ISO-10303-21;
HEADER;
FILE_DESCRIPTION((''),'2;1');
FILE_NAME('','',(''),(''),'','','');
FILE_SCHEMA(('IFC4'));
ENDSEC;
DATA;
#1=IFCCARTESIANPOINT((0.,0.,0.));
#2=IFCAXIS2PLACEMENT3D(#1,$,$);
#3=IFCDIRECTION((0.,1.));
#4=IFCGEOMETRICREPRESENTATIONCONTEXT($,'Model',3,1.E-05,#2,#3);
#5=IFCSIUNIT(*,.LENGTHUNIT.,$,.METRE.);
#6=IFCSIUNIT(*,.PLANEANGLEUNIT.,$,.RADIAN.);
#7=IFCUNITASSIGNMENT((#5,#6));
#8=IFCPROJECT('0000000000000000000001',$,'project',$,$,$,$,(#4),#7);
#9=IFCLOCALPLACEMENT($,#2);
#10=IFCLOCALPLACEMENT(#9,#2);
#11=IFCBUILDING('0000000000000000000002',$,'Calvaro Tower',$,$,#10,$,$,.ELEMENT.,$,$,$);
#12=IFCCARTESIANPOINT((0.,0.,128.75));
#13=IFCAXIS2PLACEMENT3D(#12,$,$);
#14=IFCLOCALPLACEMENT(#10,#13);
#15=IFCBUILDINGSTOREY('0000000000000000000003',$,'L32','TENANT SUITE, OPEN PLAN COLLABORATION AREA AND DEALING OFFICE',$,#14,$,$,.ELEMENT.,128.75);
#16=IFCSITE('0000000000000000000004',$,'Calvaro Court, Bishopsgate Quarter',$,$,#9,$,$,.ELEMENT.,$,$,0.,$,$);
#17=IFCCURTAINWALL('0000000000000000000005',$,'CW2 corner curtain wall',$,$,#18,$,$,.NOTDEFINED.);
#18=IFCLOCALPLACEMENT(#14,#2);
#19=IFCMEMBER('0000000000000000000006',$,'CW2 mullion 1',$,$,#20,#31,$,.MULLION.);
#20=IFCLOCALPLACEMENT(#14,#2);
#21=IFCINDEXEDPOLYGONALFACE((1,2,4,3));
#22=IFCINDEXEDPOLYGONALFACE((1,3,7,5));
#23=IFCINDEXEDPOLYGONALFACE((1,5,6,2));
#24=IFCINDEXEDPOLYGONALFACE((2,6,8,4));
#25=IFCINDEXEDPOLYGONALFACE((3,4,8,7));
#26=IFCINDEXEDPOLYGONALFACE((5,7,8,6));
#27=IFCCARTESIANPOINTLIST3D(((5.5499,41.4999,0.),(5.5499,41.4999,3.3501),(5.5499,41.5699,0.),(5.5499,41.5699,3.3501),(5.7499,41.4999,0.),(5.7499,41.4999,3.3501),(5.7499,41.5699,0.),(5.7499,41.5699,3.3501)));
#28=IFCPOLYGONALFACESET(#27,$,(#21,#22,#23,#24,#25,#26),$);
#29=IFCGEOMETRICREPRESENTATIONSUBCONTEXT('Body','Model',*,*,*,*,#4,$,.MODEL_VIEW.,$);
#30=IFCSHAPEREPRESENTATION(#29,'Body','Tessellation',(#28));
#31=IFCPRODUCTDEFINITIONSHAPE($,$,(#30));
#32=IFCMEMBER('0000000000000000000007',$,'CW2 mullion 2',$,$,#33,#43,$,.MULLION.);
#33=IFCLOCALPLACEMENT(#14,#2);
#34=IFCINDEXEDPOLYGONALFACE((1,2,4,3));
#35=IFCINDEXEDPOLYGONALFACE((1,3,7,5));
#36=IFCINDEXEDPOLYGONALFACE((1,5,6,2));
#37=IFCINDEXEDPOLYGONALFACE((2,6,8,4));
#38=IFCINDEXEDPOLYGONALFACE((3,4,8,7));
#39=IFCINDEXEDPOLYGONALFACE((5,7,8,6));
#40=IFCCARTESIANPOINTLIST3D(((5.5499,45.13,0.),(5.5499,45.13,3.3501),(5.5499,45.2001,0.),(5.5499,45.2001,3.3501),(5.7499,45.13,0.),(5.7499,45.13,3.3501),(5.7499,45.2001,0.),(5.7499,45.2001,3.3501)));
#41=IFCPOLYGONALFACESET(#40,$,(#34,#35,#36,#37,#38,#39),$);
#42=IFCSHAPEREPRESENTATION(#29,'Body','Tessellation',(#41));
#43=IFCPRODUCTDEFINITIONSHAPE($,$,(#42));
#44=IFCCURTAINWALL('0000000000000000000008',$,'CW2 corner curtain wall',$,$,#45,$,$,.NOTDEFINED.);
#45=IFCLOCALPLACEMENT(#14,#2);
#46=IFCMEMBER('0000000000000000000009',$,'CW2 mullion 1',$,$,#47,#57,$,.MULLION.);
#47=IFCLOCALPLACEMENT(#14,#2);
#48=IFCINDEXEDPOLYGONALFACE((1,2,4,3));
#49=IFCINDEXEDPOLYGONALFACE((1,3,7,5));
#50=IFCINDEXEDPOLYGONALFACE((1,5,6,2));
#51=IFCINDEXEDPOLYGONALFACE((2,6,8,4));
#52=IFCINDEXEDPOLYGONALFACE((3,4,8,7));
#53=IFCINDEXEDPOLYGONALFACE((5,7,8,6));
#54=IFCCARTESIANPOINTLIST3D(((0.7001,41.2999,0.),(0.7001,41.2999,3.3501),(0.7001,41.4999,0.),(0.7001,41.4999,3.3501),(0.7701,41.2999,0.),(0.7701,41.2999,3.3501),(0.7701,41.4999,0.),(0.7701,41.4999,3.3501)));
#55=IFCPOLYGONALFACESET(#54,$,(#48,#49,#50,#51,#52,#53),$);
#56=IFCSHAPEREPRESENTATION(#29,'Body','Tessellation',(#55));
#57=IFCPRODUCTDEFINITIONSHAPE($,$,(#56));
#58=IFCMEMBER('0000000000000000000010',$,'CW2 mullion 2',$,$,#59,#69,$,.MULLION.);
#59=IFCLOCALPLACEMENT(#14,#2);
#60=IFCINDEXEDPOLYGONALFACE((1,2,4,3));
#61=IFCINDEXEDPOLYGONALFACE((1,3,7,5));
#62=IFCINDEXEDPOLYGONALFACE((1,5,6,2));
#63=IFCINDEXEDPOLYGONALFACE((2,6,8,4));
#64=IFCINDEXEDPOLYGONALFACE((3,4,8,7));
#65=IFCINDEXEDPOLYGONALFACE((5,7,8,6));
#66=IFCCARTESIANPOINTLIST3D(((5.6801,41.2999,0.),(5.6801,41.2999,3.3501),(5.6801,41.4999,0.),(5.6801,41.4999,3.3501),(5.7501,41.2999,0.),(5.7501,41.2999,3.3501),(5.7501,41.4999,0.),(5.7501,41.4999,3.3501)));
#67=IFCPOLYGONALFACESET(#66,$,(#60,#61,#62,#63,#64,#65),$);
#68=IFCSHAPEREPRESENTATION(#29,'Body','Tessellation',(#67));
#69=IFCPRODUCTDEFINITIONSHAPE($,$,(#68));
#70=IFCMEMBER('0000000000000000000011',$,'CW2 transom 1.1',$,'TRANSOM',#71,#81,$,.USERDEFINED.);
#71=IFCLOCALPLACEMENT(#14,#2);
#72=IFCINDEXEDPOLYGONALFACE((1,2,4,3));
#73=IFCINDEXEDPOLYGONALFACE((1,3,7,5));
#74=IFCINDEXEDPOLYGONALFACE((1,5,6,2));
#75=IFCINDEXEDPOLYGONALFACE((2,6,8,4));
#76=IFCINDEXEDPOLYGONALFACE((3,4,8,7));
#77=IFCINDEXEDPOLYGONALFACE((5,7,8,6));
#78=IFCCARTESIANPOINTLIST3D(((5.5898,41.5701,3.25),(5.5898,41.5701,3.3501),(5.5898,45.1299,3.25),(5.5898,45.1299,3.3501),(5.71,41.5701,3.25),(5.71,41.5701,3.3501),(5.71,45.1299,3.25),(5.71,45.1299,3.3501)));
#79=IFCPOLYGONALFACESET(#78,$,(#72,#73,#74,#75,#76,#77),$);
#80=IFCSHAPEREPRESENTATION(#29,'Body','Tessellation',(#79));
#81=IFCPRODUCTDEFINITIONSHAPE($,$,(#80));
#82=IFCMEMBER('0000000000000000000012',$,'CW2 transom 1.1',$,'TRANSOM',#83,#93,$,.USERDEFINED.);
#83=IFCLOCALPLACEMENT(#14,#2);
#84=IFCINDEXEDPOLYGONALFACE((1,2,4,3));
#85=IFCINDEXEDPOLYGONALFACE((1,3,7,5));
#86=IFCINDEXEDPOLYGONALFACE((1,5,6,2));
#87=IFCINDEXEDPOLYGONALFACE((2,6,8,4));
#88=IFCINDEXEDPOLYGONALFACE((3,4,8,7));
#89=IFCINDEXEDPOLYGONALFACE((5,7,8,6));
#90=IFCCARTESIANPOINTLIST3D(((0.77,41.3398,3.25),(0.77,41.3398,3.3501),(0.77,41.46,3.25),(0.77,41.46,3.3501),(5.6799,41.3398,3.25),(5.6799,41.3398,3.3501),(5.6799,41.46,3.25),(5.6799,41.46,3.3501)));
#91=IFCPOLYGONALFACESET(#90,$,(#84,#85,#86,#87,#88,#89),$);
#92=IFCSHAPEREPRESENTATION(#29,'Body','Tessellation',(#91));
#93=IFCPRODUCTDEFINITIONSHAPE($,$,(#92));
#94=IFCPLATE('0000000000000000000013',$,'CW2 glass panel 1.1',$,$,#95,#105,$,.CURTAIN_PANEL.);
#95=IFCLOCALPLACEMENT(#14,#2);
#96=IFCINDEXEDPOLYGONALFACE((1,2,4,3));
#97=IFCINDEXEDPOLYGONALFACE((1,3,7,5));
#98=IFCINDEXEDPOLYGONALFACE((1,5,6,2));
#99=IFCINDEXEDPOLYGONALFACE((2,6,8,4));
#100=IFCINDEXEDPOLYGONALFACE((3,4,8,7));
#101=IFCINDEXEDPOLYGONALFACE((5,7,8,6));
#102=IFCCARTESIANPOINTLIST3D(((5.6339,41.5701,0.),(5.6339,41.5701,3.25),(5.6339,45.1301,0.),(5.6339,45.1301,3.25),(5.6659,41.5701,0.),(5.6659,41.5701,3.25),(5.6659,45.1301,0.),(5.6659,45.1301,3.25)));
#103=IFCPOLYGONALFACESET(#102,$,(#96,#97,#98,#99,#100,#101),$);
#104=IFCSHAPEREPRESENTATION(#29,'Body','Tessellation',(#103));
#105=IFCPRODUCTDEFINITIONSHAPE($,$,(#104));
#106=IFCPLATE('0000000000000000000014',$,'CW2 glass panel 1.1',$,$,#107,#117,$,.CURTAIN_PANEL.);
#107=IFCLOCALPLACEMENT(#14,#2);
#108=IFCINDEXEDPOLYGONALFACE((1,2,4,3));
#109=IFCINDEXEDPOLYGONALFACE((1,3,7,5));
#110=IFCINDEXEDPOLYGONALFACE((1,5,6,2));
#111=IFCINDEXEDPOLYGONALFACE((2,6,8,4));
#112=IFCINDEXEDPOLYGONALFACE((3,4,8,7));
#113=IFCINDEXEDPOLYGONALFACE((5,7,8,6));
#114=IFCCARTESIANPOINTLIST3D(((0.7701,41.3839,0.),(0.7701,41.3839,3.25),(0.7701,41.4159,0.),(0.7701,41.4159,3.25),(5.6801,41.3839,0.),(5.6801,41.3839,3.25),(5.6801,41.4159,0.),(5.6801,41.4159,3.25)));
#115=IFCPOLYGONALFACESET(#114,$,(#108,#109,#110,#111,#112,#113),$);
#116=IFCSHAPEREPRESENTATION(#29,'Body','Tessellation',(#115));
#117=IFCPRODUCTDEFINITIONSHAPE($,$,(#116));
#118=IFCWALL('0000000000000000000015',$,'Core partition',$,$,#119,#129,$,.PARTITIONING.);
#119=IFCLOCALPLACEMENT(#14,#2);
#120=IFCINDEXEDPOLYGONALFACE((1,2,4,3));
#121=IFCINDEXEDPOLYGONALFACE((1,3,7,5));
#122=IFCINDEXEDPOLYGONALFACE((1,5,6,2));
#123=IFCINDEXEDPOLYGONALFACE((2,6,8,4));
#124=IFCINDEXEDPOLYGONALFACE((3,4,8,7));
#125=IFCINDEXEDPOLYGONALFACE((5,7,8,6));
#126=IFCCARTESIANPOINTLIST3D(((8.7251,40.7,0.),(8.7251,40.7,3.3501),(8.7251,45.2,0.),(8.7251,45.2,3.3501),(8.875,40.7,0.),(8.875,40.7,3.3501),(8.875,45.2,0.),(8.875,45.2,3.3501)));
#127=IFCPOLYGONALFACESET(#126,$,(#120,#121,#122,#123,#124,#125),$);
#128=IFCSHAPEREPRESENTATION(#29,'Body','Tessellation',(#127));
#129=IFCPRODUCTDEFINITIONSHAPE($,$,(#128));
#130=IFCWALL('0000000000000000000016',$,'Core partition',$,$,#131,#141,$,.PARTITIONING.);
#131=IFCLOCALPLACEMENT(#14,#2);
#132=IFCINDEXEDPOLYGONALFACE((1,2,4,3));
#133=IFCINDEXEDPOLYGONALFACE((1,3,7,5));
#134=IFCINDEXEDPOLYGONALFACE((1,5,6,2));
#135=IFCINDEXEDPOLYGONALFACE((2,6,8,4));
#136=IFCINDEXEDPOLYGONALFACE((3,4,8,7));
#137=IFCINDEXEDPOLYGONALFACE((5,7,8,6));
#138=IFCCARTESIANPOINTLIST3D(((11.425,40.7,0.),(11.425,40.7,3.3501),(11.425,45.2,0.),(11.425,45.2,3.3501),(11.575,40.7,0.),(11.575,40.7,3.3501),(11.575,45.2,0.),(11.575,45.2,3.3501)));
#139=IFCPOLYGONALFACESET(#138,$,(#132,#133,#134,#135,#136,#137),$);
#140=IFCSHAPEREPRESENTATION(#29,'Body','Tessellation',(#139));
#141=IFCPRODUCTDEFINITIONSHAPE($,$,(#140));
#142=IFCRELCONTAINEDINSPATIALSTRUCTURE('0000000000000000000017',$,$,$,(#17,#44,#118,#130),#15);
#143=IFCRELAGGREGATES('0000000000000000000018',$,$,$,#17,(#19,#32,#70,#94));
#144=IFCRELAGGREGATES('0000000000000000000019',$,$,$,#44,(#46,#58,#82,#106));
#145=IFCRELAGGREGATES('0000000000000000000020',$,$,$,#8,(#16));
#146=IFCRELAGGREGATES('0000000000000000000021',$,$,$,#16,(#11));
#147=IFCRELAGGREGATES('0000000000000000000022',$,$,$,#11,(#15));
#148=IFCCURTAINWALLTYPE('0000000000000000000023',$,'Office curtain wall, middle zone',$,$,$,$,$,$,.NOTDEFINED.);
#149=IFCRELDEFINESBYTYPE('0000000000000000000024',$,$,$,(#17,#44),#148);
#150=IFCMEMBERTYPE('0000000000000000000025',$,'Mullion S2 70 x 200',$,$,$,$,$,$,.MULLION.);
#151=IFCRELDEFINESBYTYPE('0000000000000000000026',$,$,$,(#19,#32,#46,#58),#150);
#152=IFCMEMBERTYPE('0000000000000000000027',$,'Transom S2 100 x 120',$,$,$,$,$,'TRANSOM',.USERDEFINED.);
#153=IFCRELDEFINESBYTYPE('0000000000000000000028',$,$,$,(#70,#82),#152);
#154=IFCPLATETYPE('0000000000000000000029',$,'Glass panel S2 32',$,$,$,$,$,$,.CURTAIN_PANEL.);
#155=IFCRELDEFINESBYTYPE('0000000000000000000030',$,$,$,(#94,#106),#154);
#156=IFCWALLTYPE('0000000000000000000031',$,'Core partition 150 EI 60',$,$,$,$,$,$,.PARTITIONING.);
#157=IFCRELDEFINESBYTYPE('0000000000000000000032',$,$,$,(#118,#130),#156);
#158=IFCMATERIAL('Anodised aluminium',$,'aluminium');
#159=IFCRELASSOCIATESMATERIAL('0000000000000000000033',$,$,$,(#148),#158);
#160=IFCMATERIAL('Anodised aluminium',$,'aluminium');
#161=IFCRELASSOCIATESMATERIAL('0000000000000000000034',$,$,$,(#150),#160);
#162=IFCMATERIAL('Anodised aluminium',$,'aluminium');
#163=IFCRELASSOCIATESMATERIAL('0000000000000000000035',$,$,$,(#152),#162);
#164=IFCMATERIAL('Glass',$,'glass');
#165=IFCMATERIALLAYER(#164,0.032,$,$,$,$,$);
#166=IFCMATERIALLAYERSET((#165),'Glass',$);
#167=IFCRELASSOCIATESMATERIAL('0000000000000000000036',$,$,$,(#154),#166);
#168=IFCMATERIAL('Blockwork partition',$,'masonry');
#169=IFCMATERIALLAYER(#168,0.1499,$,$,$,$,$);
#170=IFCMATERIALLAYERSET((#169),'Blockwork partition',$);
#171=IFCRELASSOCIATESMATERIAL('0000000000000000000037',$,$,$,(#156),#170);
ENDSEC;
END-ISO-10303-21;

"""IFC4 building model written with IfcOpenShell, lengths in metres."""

from ifc_helpers import new_model, si_unit, direction, frame, frame_2d, origin, origin_2d, place, context, subcontext, project, spatial, rectangle, extrude, material, layer, layer_set, material_profile, profile_set, type_object, element, aggregate, save


model = new_model("IFC4")

# Units and contexts
model_context = context("Model", 3, precision=1e-05, world=origin(), true_north=direction((0.0, 1.0)))
body_context = subcontext(model_context, "Body", "Model", "MODEL_VIEW")
ifc_project = project(units=[si_unit("LENGTHUNIT", "METRE"), si_unit("PLANEANGLEUNIT", "RADIAN")], contexts=[model_context])

# Site, building, storey
site_placement = place(None, origin())
site = spatial("IfcSite", under=ifc_project, at=site_placement, Name="Calvaro Court, Bishopsgate Quarter", CompositionType="ELEMENT", RefElevation=0.0)
building_placement = place(site_placement, origin())
building = spatial("IfcBuilding", under=site, at=building_placement, Name="Calvaro Tower", CompositionType="ELEMENT")
storey_placement = place(building_placement, frame((0.0, 0.0, 128.75)))
storey = spatial("IfcBuildingStorey", under=building, at=storey_placement, Name="L32", Description="TENANT SUITE, OPEN PLAN COLLABORATION AREA AND DEALING OFFICE", CompositionType="ELEMENT", Elevation=128.75)

# Curtain walls, members
ifc_material_1 = material(Name="Anodised aluminium", Category="aluminium")
curtain_wall_type = type_object("IfcCurtainWallType", Name="Office curtain wall, middle zone", PredefinedType="NOTDEFINED", material=ifc_material_1)
curtain_wall_1_placement = place(storey_placement, origin())
curtain_wall_1 = element("IfcCurtainWall", 1, at=curtain_wall_1_placement, inside=storey, type_object=curtain_wall_type, Name="CW2 corner curtain wall", PredefinedType="NOTDEFINED")
ifc_material_2 = material(Name="Anodised aluminium", Category="aluminium")
ifc_material_profile_1 = material_profile(ifc_material_2, rectangle(XDim=0.2, YDim=0.0701, at=origin_2d()), Name="Mullion S2 70 x 200")
ifc_profile_set_1 = profile_set([ifc_material_profile_1], Name="Anodised aluminium")
member_type_1 = type_object("IfcMemberType", Name="Mullion S2 70 x 200", PredefinedType="MULLION", material=ifc_profile_set_1)
member_1_placement = place(storey_placement, frame((5.6499, 41.5349, 0.0), z_axis=(0.0, 0.0, 1.0), x_axis=(-1.0, 0.0, 0.0)))
member_1 = element("IfcMember", 2, at=member_1_placement, type_object=member_type_1, Name="CW2 mullion 1", PredefinedType="MULLION", context=body_context, shape_type="SweptSolid", body=[
    extrude(rectangle(XDim=0.2, YDim=0.0701, at=origin_2d()), origin(), (0.0, 0.0, 1.0), 3.3501),
])
member_2_placement = place(storey_placement, frame((5.6499, 45.165, 0.0), z_axis=(0.0, 0.0, 1.0), x_axis=(-1.0, 0.0, 0.0)))
member_2 = element("IfcMember", 3, at=member_2_placement, type_object=member_type_1, Name="CW2 mullion 2", PredefinedType="MULLION", context=body_context, shape_type="SweptSolid", body=[
    extrude(rectangle(XDim=0.2, YDim=0.0701, at=origin_2d()), origin(), (0.0, 0.0, 1.0), 3.3501),
])
curtain_wall_2_placement = place(storey_placement, origin())
curtain_wall_2 = element("IfcCurtainWall", 4, at=curtain_wall_2_placement, inside=storey, type_object=curtain_wall_type, Name="CW2 corner curtain wall", PredefinedType="NOTDEFINED")
member_3_placement = place(storey_placement, frame((0.7351, 41.3999, 0.0), z_axis=(0.0, 0.0, 1.0), x_axis=(0.0, 1.0, 0.0)))
member_3 = element("IfcMember", 5, at=member_3_placement, type_object=member_type_1, Name="CW2 mullion 1", PredefinedType="MULLION", context=body_context, shape_type="SweptSolid", body=[
    extrude(rectangle(XDim=0.2, YDim=0.0701, at=origin_2d()), origin(), (0.0, 0.0, 1.0), 3.3501),
])
member_4_placement = place(storey_placement, frame((5.7151, 41.3999, 0.0), z_axis=(0.0, 0.0, 1.0), x_axis=(0.0, 1.0, 0.0)))
member_4 = element("IfcMember", 6, at=member_4_placement, type_object=member_type_1, Name="CW2 mullion 2", PredefinedType="MULLION", context=body_context, shape_type="SweptSolid", body=[
    extrude(rectangle(XDim=0.2, YDim=0.0701, at=origin_2d()), origin(), (0.0, 0.0, 1.0), 3.3501),
])

# Members
ifc_material_3 = material(Name="Anodised aluminium", Category="aluminium")
ifc_material_profile_2 = material_profile(ifc_material_3, rectangle(XDim=0.1201, YDim=0.1001, at=origin_2d()), Name="Transom S2 100 x 120")
ifc_profile_set_2 = profile_set([ifc_material_profile_2], Name="Anodised aluminium")
member_type_2 = type_object("IfcMemberType", Name="Transom S2 100 x 120", ElementType="TRANSOM", PredefinedType="USERDEFINED", material=ifc_profile_set_2)
member_5_placement = place(storey_placement, frame((5.6499, 41.5701, 3.3), z_axis=(0.0, 1.0, 0.0), x_axis=(-1.0, 0.0, 0.0)))
member_5 = element("IfcMember", 7, at=member_5_placement, type_object=member_type_2, Name="CW2 transom 1.1", ObjectType="TRANSOM", PredefinedType="USERDEFINED", context=body_context, shape_type="SweptSolid", body=[
    extrude(rectangle(XDim=0.1201, YDim=0.1001, at=origin_2d()), origin(), (0.0, 0.0, 1.0), 3.5598),
])
member_6_placement = place(storey_placement, frame((0.77, 41.3999, 3.3), z_axis=(1.0, 0.0, 0.0), x_axis=(0.0, 1.0, 0.0)))
member_6 = element("IfcMember", 8, at=member_6_placement, type_object=member_type_2, Name="CW2 transom 1.1", ObjectType="TRANSOM", PredefinedType="USERDEFINED", context=body_context, shape_type="SweptSolid", body=[
    extrude(rectangle(XDim=0.1201, YDim=0.1001, at=origin_2d()), origin(), (0.0, 0.0, 1.0), 4.9099),
])

# Plates
ifc_material_4 = material(Name="Glass", Category="glass")
ifc_layer_1 = layer(ifc_material_4, 0.032)
ifc_layer_set_1 = layer_set([ifc_layer_1], Name="Glass")
plate_type = type_object("IfcPlateType", Name="Glass panel S2 32", PredefinedType="CURTAIN_PANEL", material=ifc_layer_set_1)
plate_1_placement = place(storey_placement, frame((5.6499, 43.3501, 0.0), z_axis=(0.0, 0.0, 1.0), x_axis=(0.0, 1.0, 0.0)))
plate_1 = element("IfcPlate", 9, at=plate_1_placement, type_object=plate_type, Name="CW2 glass panel 1.1", PredefinedType="CURTAIN_PANEL", context=body_context, shape_type="SweptSolid", body=[
    extrude(rectangle(XDim=3.5601, YDim=0.032, at=origin_2d()), origin(), (0.0, 0.0, 1.0), 3.25),
])
aggregate(curtain_wall_1, [member_1, member_2, member_5, plate_1])
plate_2_placement = place(storey_placement, frame((3.2251, 41.3999, 0.0), z_axis=(0.0, 0.0, 1.0), x_axis=(1.0, 0.0, 0.0)))
plate_2 = element("IfcPlate", 10, at=plate_2_placement, type_object=plate_type, Name="CW2 glass panel 1.1", PredefinedType="CURTAIN_PANEL", context=body_context, shape_type="SweptSolid", body=[
    extrude(rectangle(XDim=4.9099, YDim=0.032, at=origin_2d()), origin(), (0.0, 0.0, 1.0), 3.25),
])
aggregate(curtain_wall_2, [member_3, member_4, member_6, plate_2])

# Walls
ifc_material_5 = material(Name="Blockwork partition", Category="masonry")
ifc_layer_2 = layer(ifc_material_5, 0.1499)
ifc_layer_set_2 = layer_set([ifc_layer_2], Name="Blockwork partition")
wall_type_1 = type_object("IfcWallType", Name="Core partition 150 EI 60", PredefinedType="PARTITIONING", material=ifc_layer_set_2)
for number, where, z_axis, x_axis, name in (
    (11, (8.8, 40.7, 0.0), (0.0, 0.0, 1.0), (0.0, 1.0, 0.0), "Core partition"),
    (12, (11.5, 40.7, 0.0), (0.0, 0.0, 1.0), (0.0, 1.0, 0.0), "Core partition"),
):
    element("IfcWall", number, at=place(storey_placement, frame(where, z_axis=z_axis, x_axis=x_axis)), inside=storey, type_object=wall_type_1, Name=name, PredefinedType="PARTITIONING", context=body_context, shape_type="SweptSolid", body=[
        extrude(rectangle(XDim=4.5, YDim=0.1499, at=frame_2d((2.25, 0.0))), origin(), (0.0, 0.0, 1.0), 3.3501),
    ])

save(model, "model.ifc")
